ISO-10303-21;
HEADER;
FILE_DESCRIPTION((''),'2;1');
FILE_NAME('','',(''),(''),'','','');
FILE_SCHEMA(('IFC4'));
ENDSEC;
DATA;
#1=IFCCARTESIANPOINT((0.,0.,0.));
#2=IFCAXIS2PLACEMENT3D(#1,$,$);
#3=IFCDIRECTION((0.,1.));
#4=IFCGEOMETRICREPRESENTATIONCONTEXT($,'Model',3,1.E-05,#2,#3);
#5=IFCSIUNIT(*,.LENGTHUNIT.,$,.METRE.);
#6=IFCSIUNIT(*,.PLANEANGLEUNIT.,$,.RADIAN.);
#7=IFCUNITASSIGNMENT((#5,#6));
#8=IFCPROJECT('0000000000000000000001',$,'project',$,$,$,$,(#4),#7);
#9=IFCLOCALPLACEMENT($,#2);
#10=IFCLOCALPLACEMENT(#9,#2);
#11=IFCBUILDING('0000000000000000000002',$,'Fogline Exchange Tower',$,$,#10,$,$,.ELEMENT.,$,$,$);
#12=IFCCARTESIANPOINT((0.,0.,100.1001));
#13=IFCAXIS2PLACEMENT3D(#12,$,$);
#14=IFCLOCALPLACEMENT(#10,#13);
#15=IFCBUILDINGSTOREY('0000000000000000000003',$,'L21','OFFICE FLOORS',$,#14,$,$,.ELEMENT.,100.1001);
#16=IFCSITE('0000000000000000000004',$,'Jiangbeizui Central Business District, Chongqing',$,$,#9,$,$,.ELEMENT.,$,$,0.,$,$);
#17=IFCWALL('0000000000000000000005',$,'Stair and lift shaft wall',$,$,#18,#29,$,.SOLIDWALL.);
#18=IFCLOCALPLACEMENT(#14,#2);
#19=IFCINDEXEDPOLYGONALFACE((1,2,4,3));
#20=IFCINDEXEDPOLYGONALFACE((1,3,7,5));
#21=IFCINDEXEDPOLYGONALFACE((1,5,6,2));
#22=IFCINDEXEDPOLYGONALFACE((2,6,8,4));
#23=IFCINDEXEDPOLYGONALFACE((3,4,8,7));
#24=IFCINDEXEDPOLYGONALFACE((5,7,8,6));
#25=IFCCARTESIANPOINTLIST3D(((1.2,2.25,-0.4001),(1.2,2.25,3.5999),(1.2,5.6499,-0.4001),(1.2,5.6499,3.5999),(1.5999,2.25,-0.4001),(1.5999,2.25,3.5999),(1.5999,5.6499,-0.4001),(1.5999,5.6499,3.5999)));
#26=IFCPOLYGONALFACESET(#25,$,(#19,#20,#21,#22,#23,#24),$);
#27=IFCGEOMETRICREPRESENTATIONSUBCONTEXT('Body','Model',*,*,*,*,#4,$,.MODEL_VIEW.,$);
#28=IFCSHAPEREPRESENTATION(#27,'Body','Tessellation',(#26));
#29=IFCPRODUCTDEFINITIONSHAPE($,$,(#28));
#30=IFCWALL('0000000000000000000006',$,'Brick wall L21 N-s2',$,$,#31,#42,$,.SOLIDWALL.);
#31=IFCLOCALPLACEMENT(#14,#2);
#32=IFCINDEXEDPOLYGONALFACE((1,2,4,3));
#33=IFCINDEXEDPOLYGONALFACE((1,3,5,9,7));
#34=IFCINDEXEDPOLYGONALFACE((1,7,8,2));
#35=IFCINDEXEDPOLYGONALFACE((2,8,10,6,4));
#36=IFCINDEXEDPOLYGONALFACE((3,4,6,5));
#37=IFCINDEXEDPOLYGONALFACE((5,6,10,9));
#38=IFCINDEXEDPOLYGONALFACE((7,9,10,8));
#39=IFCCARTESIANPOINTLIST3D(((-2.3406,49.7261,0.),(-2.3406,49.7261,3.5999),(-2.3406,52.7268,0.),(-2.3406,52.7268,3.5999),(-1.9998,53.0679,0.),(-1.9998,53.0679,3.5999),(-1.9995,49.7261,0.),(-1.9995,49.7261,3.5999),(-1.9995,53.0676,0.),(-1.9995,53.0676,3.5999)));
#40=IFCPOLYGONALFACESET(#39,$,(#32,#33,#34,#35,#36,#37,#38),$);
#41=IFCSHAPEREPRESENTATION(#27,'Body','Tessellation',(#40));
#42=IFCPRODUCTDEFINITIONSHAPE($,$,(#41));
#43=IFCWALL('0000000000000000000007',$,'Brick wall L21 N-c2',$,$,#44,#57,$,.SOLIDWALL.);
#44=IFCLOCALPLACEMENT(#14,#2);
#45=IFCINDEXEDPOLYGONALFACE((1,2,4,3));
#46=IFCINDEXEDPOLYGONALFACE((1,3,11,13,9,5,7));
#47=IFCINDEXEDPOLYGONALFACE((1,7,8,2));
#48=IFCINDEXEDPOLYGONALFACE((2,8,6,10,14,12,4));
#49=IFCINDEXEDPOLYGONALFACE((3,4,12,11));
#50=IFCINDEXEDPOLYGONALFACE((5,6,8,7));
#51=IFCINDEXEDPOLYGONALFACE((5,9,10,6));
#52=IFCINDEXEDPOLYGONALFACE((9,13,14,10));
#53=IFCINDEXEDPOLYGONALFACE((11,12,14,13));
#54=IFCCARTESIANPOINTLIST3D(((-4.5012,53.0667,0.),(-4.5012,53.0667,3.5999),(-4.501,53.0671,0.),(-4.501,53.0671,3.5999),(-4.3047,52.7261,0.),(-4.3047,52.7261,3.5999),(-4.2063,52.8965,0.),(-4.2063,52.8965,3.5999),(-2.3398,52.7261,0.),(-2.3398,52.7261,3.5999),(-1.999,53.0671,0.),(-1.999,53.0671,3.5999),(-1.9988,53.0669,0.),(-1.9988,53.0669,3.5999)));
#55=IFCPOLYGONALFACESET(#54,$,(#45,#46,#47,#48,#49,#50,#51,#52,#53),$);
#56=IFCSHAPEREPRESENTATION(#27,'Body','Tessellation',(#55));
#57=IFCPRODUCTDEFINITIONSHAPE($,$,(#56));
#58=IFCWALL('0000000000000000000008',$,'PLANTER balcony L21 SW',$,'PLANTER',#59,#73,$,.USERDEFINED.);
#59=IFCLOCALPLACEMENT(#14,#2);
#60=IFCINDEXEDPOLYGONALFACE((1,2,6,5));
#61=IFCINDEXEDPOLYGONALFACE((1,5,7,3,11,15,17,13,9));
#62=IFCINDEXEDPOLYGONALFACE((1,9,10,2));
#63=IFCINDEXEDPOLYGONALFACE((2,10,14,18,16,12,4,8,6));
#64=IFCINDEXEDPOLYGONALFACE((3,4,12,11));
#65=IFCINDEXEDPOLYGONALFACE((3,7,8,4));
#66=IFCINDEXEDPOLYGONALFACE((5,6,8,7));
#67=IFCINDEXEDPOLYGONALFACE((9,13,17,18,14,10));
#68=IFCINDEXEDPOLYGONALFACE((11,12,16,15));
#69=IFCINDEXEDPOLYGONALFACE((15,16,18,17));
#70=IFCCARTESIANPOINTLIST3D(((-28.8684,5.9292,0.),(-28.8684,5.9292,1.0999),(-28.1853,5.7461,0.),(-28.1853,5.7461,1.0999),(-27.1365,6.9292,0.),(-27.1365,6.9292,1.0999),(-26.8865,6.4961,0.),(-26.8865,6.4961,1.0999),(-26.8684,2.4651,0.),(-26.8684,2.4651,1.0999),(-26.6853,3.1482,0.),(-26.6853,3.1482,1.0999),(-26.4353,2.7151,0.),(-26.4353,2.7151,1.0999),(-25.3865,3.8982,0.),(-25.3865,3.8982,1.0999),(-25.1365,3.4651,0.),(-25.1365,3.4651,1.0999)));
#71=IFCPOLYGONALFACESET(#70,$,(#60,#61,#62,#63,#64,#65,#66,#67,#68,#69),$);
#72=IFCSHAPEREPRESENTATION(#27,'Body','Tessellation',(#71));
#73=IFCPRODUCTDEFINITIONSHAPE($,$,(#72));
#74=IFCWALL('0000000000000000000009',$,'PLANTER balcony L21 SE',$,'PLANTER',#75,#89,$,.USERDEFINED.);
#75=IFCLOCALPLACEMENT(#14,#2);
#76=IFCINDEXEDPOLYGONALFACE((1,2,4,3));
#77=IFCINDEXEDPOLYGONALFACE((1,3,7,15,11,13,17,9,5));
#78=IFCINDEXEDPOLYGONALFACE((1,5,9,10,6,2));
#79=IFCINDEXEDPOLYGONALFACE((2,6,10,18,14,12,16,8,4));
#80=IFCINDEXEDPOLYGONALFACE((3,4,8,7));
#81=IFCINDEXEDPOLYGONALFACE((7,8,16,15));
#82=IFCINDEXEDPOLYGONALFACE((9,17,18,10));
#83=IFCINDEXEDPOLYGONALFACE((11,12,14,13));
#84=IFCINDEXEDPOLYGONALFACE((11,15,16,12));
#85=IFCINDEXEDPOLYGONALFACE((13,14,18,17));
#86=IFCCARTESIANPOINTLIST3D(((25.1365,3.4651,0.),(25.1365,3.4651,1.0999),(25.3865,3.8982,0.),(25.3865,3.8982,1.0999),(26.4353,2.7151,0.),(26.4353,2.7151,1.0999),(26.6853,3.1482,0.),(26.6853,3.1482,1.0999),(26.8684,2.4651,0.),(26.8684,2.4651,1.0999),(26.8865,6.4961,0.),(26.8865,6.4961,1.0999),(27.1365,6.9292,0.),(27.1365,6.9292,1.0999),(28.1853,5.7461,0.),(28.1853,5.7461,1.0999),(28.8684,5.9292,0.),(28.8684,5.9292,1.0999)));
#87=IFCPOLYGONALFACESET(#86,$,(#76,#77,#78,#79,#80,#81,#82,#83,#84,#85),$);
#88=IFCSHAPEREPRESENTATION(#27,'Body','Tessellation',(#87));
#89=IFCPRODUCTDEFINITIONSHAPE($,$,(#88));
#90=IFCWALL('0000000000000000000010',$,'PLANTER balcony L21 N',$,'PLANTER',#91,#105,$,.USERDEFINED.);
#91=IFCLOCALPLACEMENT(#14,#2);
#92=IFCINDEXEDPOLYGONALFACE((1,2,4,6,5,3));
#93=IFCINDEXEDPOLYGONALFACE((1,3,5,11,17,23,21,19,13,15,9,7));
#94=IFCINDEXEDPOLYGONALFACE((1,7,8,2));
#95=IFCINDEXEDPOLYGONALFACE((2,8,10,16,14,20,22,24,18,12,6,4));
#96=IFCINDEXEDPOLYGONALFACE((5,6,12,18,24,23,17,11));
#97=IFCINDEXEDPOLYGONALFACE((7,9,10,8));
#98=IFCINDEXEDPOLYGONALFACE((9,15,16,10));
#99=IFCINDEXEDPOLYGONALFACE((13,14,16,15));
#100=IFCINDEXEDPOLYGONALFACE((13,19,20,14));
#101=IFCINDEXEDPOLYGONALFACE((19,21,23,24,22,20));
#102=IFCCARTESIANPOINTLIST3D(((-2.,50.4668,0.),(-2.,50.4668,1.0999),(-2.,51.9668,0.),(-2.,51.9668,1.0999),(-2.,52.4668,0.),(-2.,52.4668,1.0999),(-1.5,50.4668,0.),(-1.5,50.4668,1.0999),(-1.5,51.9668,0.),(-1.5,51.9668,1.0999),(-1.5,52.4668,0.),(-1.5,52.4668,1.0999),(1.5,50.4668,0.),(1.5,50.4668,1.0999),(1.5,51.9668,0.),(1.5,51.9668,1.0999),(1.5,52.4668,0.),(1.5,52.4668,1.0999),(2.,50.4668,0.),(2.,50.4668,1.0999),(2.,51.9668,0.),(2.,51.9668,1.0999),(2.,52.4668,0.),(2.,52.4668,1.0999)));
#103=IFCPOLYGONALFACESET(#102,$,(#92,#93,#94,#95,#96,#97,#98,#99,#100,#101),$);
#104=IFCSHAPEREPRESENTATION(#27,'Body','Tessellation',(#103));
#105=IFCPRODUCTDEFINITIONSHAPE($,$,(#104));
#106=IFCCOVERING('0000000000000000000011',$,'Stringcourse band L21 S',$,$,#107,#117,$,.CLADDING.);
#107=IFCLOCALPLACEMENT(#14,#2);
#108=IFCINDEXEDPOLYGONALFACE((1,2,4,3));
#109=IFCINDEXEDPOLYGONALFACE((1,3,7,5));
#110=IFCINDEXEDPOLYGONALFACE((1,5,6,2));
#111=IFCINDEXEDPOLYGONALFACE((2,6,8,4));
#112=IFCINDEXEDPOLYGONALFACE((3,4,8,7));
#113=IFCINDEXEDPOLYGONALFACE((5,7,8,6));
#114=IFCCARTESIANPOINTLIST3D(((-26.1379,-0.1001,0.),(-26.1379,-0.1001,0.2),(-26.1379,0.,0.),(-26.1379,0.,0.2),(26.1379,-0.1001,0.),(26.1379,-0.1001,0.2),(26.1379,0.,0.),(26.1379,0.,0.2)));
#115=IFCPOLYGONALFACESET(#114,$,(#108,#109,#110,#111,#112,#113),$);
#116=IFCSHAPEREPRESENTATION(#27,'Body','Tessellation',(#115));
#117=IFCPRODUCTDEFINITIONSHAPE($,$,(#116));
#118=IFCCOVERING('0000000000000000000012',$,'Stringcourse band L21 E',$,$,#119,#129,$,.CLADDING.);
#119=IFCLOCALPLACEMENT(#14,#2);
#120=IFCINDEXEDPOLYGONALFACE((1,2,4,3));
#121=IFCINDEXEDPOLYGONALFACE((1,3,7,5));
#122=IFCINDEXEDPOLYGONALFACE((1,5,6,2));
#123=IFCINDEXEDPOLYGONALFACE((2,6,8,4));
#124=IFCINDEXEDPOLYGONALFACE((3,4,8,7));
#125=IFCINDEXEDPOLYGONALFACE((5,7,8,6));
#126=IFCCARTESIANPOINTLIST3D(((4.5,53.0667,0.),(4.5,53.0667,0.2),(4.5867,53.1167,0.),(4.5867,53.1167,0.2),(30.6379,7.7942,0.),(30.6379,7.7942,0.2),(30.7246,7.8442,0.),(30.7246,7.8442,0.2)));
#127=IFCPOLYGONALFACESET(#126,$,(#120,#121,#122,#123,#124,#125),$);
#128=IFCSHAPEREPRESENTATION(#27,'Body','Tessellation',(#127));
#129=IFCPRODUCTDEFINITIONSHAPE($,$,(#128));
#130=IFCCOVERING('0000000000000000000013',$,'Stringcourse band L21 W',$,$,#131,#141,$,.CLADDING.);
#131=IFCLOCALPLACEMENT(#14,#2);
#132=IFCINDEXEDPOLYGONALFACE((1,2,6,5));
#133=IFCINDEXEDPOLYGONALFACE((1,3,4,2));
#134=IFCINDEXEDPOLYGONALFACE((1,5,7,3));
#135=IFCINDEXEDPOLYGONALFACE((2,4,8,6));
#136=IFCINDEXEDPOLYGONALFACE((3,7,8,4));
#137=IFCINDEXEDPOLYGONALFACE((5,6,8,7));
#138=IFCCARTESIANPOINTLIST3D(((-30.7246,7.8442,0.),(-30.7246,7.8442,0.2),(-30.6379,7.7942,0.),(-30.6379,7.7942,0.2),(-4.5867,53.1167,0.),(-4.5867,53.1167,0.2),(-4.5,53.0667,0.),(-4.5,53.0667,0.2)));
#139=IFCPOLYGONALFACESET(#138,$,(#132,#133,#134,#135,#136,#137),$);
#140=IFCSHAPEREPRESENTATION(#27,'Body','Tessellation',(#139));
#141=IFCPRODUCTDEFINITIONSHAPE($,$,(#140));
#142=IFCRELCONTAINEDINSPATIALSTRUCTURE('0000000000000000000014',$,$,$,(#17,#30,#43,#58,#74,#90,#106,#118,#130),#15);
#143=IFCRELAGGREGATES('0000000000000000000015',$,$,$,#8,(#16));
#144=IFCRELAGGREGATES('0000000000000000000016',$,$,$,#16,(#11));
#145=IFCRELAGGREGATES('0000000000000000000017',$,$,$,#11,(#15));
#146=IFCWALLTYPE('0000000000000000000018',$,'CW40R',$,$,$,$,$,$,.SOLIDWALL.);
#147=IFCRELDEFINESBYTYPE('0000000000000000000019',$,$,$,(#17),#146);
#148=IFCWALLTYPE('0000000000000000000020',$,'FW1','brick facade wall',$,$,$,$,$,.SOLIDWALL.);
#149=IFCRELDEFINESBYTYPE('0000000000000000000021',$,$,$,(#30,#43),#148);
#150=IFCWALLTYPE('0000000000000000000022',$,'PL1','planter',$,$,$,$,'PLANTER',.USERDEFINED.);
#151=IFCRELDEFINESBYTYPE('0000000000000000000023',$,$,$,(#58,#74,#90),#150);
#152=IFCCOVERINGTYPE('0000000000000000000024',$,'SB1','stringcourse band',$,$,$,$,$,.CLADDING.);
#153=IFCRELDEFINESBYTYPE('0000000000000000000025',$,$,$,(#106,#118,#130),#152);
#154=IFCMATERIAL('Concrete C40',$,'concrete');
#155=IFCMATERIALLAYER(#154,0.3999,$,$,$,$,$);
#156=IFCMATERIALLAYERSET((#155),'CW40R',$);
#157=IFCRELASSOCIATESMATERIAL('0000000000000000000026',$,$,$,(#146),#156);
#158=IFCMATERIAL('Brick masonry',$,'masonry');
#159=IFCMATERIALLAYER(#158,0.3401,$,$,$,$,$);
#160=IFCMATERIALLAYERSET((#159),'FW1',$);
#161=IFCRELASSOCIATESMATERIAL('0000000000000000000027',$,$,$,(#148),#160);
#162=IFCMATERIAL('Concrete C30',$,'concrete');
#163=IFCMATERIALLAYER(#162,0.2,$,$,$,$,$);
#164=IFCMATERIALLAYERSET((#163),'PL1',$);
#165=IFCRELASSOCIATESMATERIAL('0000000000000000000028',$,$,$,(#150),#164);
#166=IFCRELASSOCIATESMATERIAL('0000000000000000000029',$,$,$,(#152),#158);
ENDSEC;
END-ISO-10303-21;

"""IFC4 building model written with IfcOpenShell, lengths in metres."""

from ifc_helpers import new_model, si_unit, direction, frame, frame_2d, origin, place, context, subcontext, project, spatial, polyline, rectangle, outline, extrude, material, layer, layer_set, type_object, element, save


model = new_model("IFC4")

# Units and contexts
model_context = context("Model", 3, precision=1e-05, world=origin(), true_north=direction((0.0, 1.0)))
body_context = subcontext(model_context, "Body", "Model", "MODEL_VIEW")
ifc_project = project(units=[si_unit("LENGTHUNIT", "METRE"), si_unit("PLANEANGLEUNIT", "RADIAN")], contexts=[model_context])

# Site, building, storey
site_placement = place(None, origin())
site = spatial("IfcSite", under=ifc_project, at=site_placement, Name="Jiangbeizui Central Business District, Chongqing", CompositionType="ELEMENT", RefElevation=0.0)
building_placement = place(site_placement, origin())
building = spatial("IfcBuilding", under=site, at=building_placement, Name="Fogline Exchange Tower", CompositionType="ELEMENT")
storey_placement = place(building_placement, frame((0.0, 0.0, 100.1001)))
storey = spatial("IfcBuildingStorey", under=building, at=storey_placement, Name="L21", Description="OFFICE FLOORS", CompositionType="ELEMENT", Elevation=100.1001)

# Shared definitions
ifc_material_1 = material(Name="Concrete C40", Category="concrete")

# Walls
ifc_layer_1 = layer(ifc_material_1, 0.3999)
ifc_layer_set_1 = layer_set([ifc_layer_1], Name="CW40R")
wall_type_1 = type_object("IfcWallType", Name="CW40R", PredefinedType="SOLIDWALL", material=ifc_layer_set_1)
wall_1_placement = place(storey_placement, frame((1.3999, 2.25, -0.4001), z_axis=(0.0, 0.0, 1.0), x_axis=(0.0, 1.0, 0.0)))
element("IfcWall", 1, at=wall_1_placement, inside=storey, type_object=wall_type_1, Name="Stair and lift shaft wall", PredefinedType="SOLIDWALL", context=body_context, shape_type="SweptSolid", body=[
    extrude(rectangle(XDim=3.3999, YDim=0.3999, at=frame_2d((1.7, 0.0))), origin(), (0.0, 0.0, 1.0), 4.0),
])
ifc_material_2 = material(Name="Brick masonry", Category="masonry")
ifc_layer_2 = layer(ifc_material_2, 0.3401)
ifc_layer_set_2 = layer_set([ifc_layer_2], Name="FW1")
wall_type_2 = type_object("IfcWallType", Name="FW1", Description="brick facade wall", PredefinedType="SOLIDWALL", material=ifc_layer_set_2)
wall_2_placement = place(storey_placement, origin())
element("IfcWall", 2, at=wall_2_placement, inside=storey, type_object=wall_type_2, Name="Brick wall L21 N-s2", PredefinedType="SOLIDWALL", context=body_context, shape_type="SweptSolid", body=[
    extrude(outline(polyline([(-1.9995, 53.0676), (-1.9995, 49.7261), (-2.3406, 49.7261), (-2.3406, 52.7268), (-1.9998, 53.0679), (-1.9995, 53.0676)])), origin(), (0.0, 0.0, 1.0), 3.5999),
])
wall_3_placement = place(storey_placement, origin())
element("IfcWall", 3, at=wall_3_placement, inside=storey, type_object=wall_type_2, Name="Brick wall L21 N-c2", PredefinedType="SOLIDWALL", context=body_context, shape_type="SweptSolid", body=[
    extrude(outline(polyline([(-4.3047, 52.7261), (-4.2063, 52.8965), (-4.5012, 53.0667), (-4.501, 53.0671), (-1.999, 53.0671), (-1.9988, 53.0669), (-2.3398, 52.7261), (-4.3047, 52.7261)])), origin(), (0.0, 0.0, 1.0), 3.5999),
])
ifc_material_3 = material(Name="Concrete C30", Category="concrete")
ifc_layer_3 = layer(ifc_material_3, 0.2)
ifc_layer_set_3 = layer_set([ifc_layer_3], Name="PL1")
wall_type_3 = type_object("IfcWallType", Name="PL1", Description="planter", ElementType="PLANTER", PredefinedType="USERDEFINED", material=ifc_layer_set_3)
wall_4_placement = place(storey_placement, origin())
element("IfcWall", 4, at=wall_4_placement, inside=storey, type_object=wall_type_3, Name="PLANTER balcony L21 SW", ObjectType="PLANTER", PredefinedType="USERDEFINED", context=body_context, shape_type="SweptSolid", body=[
    extrude(outline(polyline([(-25.3865, 3.8982), (-26.6853, 3.1482), (-28.1853, 5.7461), (-26.8865, 6.4961), (-27.1365, 6.9292), (-28.8684, 5.9292), (-26.8684, 2.4651), (-26.4353, 2.7151), (-26.4353, 2.7151), (-25.1365, 3.4651), (-25.3865, 3.8982)])), origin(), (0.0, 0.0, 1.0), 1.0999),
])
wall_5_placement = place(storey_placement, origin())
element("IfcWall", 5, at=wall_5_placement, inside=storey, type_object=wall_type_3, Name="PLANTER balcony L21 SE", ObjectType="PLANTER", PredefinedType="USERDEFINED", context=body_context, shape_type="SweptSolid", body=[
    extrude(outline(polyline([(25.1365, 3.4651), (26.4353, 2.7151), (26.4353, 2.7151), (26.8684, 2.4651), (28.8684, 5.9292), (27.1365, 6.9292), (26.8865, 6.4961), (28.1853, 5.7461), (26.6853, 3.1482), (25.3865, 3.8982), (25.1365, 3.4651)])), origin(), (0.0, 0.0, 1.0), 1.0999),
])
wall_6_placement = place(storey_placement, origin())
element("IfcWall", 6, at=wall_6_placement, inside=storey, type_object=wall_type_3, Name="PLANTER balcony L21 N", ObjectType="PLANTER", PredefinedType="USERDEFINED", context=body_context, shape_type="SweptSolid", body=[
    extrude(outline(polyline([(-1.5, 52.4668), (-2.0, 52.4668), (-2.0, 51.9668), (-2.0, 50.4668), (-1.5, 50.4668), (-1.5, 51.9668), (1.5, 51.9668), (1.5, 50.4668), (2.0, 50.4668), (2.0, 51.9668), (2.0, 52.4668), (1.5, 52.4668), (-1.5, 52.4668)])), origin(), (0.0, 0.0, 1.0), 1.0999),
])

# Coverings
covering_type = type_object("IfcCoveringType", Name="SB1", Description="stringcourse band", PredefinedType="CLADDING", material=ifc_material_2)
covering_1_placement = place(storey_placement, origin())
element("IfcCovering", 7, at=covering_1_placement, inside=storey, type_object=covering_type, Name="Stringcourse band L21 S", PredefinedType="CLADDING", context=body_context, shape_type="SweptSolid", body=[
    extrude(outline(polyline([(-26.1379, 0.0), (-26.1379, -0.1001), (26.1379, -0.1001), (26.1379, 0.0), (-26.1379, 0.0)])), origin(), (0.0, 0.0, 1.0), 0.2),
])
covering_2_placement = place(storey_placement, origin())
element("IfcCovering", 8, at=covering_2_placement, inside=storey, type_object=covering_type, Name="Stringcourse band L21 E", PredefinedType="CLADDING", context=body_context, shape_type="SweptSolid", body=[
    extrude(outline(polyline([(30.6379, 7.7942), (30.7246, 7.8442), (4.5867, 53.1167), (4.5, 53.0667), (30.6379, 7.7942)])), origin(), (0.0, 0.0, 1.0), 0.2),
])
covering_3_placement = place(storey_placement, origin())
element("IfcCovering", 9, at=covering_3_placement, inside=storey, type_object=covering_type, Name="Stringcourse band L21 W", PredefinedType="CLADDING", context=body_context, shape_type="SweptSolid", body=[
    extrude(outline(polyline([(-4.5, 53.0667), (-4.5867, 53.1167), (-30.7246, 7.8442), (-30.6379, 7.7942), (-4.5, 53.0667)])), origin(), (0.0, 0.0, 1.0), 0.2),
])

save(model, "model.ifc")
